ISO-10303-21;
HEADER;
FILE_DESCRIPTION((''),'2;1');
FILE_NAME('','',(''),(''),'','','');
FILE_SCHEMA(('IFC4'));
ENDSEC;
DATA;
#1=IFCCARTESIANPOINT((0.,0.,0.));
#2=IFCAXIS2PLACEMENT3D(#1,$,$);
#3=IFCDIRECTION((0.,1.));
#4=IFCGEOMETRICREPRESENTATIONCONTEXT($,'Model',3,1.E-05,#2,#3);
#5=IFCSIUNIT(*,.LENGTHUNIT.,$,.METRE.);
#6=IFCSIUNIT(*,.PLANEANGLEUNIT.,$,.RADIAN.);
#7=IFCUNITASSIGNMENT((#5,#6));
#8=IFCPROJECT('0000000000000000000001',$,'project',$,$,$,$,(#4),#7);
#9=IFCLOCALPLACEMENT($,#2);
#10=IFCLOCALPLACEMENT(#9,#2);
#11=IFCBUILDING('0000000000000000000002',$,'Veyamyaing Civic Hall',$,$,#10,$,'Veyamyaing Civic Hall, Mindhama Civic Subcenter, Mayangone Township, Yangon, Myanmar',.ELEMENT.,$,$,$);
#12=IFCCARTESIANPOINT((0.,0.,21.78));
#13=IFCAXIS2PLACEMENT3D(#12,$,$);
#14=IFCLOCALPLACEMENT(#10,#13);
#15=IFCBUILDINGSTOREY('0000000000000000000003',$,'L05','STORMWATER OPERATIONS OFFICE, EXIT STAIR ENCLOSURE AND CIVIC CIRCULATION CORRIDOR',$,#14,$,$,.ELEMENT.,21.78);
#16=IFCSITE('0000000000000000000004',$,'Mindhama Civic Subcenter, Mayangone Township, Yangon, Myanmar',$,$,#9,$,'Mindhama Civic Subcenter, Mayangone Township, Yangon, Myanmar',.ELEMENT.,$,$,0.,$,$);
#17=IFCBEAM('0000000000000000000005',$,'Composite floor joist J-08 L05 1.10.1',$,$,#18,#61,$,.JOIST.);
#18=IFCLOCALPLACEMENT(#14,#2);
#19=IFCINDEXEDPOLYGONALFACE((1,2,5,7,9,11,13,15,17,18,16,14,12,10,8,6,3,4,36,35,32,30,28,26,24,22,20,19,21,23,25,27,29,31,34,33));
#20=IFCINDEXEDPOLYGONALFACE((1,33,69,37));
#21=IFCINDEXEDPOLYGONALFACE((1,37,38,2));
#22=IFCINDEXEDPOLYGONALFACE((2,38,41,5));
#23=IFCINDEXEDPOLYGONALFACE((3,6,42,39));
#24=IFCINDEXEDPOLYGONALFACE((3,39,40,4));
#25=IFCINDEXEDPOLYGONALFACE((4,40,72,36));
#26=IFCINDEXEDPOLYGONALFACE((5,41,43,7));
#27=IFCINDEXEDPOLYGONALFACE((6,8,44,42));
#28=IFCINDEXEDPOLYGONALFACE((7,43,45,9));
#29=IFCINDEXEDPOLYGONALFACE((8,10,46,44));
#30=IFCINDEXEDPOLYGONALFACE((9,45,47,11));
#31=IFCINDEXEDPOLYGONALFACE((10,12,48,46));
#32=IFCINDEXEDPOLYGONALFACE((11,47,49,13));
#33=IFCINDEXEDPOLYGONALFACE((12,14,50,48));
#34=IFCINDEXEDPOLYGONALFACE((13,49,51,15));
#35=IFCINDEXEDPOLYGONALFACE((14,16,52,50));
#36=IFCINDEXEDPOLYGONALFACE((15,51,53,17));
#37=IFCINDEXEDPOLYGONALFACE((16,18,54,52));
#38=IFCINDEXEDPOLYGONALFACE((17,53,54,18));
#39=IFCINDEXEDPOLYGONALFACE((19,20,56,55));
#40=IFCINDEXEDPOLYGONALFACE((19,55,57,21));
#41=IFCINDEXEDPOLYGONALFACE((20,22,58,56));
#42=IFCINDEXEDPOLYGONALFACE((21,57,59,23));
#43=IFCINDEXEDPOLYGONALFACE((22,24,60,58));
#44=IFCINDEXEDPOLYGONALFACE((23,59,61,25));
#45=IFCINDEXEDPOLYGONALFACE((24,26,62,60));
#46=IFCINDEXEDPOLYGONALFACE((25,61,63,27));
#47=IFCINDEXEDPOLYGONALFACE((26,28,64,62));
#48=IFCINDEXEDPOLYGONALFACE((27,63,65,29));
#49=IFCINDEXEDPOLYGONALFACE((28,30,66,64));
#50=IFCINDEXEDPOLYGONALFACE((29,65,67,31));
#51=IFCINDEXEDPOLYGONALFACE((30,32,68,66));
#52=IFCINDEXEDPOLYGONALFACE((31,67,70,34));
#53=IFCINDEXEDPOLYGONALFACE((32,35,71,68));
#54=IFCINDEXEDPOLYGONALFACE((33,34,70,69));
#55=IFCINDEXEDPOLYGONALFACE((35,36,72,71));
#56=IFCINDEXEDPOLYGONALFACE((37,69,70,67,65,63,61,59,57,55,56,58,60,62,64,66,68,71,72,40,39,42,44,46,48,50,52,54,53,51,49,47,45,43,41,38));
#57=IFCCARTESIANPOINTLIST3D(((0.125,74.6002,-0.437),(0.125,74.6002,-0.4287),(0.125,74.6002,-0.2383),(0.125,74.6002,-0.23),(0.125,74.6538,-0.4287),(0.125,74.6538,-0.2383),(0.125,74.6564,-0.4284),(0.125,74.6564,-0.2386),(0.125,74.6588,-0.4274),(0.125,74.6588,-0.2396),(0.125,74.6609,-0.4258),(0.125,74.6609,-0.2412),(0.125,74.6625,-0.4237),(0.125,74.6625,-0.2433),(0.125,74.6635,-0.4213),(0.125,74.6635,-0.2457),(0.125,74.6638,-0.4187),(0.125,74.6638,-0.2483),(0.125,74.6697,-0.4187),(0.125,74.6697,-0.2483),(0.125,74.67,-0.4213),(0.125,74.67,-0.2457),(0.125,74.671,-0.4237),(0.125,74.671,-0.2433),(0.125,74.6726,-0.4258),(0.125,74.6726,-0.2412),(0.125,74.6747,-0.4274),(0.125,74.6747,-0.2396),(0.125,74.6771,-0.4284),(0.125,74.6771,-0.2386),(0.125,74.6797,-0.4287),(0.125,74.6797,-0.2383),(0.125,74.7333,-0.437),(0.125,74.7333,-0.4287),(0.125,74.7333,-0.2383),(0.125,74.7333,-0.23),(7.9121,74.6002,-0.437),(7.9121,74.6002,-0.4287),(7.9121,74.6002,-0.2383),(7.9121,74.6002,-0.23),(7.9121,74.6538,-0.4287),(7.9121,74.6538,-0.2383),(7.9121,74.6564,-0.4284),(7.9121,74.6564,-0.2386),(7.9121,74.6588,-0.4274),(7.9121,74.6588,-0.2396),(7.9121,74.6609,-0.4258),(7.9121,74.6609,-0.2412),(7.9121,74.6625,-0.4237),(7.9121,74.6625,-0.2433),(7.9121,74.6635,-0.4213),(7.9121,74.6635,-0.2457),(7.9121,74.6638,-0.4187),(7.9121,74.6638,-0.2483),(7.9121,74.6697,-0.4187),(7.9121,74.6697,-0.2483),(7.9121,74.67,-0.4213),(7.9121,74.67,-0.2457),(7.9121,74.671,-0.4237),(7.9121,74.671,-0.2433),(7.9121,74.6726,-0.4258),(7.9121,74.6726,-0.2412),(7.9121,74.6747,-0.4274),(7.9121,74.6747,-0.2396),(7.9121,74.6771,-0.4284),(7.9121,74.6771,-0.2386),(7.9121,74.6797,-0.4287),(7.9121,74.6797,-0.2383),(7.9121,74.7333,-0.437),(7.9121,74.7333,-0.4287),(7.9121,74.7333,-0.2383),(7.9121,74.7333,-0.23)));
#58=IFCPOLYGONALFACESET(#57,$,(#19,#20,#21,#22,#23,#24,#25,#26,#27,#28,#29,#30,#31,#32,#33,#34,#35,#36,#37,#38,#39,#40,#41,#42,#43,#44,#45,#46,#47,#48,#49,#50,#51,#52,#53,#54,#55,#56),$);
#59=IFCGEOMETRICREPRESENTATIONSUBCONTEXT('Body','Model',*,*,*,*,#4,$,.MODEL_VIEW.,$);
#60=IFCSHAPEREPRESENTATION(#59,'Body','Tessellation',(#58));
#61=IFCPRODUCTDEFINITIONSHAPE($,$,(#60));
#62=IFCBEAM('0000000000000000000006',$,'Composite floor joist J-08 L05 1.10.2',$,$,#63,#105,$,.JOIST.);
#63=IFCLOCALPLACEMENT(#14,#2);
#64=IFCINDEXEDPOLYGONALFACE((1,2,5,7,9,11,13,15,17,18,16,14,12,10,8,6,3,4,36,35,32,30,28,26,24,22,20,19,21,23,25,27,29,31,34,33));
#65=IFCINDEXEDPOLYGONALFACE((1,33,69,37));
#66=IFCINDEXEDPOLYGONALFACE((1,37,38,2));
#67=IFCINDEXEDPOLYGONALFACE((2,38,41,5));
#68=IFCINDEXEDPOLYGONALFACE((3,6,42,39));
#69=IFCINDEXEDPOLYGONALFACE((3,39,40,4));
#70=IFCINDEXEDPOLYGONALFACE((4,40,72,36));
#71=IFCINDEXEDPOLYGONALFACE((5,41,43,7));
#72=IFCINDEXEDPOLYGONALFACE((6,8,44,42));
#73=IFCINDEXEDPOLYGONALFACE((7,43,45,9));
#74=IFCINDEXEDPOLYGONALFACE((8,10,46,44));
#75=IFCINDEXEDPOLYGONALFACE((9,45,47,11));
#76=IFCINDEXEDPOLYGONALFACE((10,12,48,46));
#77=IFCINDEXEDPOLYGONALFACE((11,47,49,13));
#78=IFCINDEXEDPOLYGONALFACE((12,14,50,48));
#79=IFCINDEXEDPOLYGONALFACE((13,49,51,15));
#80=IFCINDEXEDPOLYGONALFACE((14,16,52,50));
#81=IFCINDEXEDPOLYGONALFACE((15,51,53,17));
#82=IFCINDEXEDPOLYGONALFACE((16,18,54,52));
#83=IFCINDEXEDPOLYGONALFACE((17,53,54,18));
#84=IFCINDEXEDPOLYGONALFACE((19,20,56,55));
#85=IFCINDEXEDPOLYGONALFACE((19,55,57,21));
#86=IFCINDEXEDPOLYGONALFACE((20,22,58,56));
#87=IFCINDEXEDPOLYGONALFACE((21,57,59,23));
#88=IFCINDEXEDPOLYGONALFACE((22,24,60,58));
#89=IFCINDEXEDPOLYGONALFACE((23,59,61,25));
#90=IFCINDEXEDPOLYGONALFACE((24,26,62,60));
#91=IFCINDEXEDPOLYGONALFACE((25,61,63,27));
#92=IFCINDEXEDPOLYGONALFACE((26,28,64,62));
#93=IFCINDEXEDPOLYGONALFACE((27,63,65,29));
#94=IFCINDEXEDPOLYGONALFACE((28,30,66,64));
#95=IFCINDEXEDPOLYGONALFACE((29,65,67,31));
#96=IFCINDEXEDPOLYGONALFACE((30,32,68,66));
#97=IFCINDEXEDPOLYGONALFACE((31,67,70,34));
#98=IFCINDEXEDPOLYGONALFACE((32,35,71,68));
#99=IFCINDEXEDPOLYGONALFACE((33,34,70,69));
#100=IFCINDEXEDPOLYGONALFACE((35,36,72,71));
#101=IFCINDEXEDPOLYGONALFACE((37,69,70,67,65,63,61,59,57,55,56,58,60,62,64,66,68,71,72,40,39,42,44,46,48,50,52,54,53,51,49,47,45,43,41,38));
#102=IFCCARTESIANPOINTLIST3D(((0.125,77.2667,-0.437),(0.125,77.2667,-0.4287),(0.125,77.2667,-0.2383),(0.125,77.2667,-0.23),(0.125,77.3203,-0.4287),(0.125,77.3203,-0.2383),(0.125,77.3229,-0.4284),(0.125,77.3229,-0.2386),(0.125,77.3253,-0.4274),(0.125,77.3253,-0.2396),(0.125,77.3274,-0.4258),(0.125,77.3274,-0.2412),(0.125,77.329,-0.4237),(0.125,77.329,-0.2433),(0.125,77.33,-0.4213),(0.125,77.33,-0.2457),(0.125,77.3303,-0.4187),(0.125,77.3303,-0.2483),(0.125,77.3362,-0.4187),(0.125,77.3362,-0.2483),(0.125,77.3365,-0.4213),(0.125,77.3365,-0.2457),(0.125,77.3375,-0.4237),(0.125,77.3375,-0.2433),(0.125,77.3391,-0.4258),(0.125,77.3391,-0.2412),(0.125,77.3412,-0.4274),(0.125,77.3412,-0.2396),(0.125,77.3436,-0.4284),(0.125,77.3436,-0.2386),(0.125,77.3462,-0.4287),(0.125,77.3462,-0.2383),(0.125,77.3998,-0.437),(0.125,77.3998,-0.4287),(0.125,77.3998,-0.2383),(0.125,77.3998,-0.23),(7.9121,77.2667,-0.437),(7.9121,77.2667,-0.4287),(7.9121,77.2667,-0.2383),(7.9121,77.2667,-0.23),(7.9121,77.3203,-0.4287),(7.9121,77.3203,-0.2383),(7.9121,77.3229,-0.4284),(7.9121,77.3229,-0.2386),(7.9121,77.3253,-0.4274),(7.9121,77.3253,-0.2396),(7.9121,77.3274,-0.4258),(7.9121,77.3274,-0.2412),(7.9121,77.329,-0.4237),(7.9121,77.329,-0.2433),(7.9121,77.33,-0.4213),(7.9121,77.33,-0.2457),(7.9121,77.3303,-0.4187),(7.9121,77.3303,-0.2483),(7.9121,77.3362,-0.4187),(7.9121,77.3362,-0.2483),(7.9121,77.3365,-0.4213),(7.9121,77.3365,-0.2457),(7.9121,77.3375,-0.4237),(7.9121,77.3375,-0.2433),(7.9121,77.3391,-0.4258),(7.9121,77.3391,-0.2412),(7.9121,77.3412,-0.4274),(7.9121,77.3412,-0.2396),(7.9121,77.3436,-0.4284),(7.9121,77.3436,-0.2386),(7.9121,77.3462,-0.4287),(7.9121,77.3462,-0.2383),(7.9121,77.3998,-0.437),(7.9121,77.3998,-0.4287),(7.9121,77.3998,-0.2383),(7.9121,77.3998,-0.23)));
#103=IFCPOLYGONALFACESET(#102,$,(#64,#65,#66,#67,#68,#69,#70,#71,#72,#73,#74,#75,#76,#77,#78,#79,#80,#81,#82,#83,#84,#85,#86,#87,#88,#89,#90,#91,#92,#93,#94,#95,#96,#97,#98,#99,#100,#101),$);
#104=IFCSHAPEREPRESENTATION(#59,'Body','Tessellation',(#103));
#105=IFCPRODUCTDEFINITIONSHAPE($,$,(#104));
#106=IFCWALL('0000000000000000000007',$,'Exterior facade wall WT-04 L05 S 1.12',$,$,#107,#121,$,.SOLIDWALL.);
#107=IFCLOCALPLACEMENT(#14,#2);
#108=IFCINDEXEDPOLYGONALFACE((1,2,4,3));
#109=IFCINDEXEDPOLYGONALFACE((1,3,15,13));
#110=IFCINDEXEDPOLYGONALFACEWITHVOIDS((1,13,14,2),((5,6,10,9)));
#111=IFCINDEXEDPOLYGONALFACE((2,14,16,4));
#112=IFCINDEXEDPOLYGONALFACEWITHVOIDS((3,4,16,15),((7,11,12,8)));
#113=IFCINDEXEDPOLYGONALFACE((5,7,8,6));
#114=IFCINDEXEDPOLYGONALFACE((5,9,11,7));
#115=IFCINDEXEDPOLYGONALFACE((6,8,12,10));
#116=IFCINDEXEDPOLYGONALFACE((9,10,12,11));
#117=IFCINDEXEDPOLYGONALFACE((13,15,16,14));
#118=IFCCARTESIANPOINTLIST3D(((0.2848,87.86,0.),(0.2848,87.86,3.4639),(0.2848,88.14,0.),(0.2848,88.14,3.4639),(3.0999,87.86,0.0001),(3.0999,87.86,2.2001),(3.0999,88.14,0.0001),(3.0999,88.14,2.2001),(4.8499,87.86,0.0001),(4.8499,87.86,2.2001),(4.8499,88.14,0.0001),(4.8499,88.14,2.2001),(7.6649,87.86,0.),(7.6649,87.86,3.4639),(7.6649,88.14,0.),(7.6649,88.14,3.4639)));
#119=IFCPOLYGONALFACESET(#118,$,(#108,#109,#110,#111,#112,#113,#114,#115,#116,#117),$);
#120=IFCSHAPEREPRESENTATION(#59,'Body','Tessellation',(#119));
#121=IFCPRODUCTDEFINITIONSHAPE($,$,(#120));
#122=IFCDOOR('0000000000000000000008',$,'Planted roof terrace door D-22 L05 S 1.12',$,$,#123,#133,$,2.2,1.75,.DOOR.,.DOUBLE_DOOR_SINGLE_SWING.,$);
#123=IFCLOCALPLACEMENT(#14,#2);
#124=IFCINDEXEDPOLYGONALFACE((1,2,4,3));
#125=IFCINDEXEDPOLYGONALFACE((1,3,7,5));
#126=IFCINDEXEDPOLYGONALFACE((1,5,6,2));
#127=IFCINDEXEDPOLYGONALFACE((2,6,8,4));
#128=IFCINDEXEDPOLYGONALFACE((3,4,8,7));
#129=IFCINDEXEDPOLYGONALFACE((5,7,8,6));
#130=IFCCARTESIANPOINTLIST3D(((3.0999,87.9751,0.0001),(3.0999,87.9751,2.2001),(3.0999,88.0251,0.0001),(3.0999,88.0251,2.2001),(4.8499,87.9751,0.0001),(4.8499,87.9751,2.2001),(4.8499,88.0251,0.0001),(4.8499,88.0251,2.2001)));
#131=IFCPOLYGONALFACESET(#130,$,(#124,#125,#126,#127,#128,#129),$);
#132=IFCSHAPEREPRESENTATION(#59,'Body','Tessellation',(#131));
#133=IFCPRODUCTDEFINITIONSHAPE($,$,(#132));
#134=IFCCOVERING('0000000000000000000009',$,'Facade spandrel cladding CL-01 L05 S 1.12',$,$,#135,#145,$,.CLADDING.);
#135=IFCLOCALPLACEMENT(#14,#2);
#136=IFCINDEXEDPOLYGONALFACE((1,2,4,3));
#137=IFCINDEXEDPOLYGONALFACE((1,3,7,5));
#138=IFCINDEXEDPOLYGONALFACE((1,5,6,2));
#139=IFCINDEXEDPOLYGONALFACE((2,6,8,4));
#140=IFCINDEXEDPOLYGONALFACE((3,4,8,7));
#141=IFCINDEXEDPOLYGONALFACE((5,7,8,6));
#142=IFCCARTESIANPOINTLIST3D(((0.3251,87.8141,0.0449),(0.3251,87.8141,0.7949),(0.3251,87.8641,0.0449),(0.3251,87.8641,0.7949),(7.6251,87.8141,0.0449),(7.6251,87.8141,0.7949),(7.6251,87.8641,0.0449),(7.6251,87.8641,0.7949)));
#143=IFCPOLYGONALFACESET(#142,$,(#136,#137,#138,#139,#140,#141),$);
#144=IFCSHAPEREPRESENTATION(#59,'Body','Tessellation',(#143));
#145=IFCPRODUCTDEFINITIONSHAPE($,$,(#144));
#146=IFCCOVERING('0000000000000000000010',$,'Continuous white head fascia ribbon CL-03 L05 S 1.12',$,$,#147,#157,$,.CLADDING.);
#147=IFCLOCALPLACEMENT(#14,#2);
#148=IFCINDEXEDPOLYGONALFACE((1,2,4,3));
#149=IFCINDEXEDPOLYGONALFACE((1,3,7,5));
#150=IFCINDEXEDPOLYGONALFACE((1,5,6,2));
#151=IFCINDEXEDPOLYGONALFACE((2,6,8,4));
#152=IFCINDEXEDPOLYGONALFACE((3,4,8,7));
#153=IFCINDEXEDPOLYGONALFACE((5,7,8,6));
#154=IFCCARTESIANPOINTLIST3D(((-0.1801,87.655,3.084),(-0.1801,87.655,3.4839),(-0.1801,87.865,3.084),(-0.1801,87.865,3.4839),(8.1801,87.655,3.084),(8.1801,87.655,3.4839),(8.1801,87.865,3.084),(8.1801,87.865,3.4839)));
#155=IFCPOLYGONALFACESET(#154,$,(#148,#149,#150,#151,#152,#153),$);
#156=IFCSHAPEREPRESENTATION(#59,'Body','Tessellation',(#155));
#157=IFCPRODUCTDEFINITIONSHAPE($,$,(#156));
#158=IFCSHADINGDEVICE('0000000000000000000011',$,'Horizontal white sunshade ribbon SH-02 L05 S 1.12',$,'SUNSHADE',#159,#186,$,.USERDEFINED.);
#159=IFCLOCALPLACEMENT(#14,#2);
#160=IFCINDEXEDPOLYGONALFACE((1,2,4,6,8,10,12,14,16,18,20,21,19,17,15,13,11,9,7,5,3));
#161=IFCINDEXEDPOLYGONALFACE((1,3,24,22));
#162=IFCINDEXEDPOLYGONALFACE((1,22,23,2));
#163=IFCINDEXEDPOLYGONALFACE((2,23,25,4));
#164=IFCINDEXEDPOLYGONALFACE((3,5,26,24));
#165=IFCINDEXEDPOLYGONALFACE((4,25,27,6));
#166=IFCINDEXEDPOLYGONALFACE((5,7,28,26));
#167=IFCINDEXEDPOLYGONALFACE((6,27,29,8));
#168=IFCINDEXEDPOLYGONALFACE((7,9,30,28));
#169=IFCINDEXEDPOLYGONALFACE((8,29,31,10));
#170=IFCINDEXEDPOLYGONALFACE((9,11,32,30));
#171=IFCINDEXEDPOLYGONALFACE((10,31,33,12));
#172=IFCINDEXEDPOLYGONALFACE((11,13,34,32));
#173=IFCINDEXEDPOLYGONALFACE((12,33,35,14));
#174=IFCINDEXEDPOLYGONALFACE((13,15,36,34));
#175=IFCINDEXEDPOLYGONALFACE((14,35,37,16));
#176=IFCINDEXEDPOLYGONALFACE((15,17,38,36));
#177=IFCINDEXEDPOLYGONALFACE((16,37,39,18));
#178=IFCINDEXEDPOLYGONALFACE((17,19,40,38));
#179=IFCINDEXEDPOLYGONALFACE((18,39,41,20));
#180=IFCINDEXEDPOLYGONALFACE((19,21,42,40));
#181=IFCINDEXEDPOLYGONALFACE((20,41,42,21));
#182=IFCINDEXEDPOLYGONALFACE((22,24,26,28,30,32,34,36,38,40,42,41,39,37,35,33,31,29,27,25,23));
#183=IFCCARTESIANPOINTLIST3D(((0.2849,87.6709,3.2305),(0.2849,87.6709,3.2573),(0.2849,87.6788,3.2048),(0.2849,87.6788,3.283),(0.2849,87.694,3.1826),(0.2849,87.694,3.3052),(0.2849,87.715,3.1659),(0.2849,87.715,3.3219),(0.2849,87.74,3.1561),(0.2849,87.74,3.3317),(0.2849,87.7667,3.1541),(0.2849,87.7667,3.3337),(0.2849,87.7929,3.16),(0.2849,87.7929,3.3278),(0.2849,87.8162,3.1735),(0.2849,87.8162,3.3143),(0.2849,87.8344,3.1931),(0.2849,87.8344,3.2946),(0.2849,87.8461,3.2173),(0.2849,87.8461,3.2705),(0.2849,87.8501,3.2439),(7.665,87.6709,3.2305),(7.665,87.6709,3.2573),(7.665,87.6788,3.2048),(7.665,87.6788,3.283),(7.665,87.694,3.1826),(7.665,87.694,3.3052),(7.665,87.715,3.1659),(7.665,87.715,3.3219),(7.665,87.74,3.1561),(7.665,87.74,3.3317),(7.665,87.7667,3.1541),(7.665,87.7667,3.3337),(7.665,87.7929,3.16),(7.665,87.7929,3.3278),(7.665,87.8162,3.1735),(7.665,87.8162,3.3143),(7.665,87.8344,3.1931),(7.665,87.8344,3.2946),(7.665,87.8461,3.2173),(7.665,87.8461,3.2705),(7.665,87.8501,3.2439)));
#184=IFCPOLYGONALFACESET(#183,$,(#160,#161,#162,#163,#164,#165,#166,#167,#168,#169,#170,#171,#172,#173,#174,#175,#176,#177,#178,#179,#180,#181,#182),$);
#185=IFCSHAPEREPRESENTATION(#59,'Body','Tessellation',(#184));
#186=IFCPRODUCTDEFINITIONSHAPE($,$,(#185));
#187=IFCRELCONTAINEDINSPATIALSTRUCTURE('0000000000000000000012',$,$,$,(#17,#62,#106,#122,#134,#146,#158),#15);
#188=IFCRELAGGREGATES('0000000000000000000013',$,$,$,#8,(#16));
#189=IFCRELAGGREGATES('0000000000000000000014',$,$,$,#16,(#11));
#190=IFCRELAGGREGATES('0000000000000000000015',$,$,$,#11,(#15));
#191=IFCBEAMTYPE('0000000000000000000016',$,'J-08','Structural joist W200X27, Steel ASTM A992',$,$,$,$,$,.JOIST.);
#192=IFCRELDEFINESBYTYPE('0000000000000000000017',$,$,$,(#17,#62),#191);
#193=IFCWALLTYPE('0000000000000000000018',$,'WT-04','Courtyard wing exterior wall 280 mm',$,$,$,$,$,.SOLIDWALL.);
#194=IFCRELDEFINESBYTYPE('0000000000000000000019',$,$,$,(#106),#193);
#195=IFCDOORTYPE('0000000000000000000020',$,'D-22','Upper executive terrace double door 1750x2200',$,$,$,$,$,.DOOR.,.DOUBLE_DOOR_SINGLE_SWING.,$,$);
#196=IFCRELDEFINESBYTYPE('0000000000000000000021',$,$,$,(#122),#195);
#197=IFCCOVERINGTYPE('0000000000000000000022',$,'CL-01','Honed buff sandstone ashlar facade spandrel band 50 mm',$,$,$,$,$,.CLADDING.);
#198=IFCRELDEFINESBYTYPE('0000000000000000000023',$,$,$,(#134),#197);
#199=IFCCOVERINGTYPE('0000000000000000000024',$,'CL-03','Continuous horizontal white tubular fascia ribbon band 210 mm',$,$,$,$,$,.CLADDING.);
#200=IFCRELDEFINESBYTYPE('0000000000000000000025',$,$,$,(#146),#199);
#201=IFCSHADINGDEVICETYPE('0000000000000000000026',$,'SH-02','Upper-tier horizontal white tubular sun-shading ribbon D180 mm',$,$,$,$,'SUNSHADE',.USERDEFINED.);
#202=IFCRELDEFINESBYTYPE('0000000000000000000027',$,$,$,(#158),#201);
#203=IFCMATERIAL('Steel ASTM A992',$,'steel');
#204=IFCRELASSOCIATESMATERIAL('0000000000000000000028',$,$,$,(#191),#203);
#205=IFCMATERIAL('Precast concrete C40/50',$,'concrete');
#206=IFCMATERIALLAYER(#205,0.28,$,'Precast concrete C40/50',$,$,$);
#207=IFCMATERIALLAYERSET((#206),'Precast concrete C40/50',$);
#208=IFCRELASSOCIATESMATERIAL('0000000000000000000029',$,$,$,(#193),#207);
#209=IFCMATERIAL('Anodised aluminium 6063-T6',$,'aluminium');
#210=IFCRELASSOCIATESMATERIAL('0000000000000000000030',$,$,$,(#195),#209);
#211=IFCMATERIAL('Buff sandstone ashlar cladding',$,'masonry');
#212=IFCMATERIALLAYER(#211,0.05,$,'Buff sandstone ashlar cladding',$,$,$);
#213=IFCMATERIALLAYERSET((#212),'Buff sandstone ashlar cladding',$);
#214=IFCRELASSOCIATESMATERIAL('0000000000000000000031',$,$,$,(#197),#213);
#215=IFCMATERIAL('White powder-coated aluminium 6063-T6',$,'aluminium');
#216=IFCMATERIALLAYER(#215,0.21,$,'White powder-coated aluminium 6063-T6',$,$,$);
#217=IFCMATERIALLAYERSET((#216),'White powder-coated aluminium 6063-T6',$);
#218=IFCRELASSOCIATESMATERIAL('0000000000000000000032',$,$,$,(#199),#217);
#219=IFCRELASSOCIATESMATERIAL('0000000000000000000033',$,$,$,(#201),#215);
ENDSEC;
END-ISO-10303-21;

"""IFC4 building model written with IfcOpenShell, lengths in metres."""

from ifc_helpers import new_model, si_unit, direction, frame, frame_2d, origin, origin_2d, place, context, subcontext, project, spatial, rectangle, circle, i_section, extrude, material, layer, layer_set, material_profile, profile_set, type_object, element, fill, save


model = new_model("IFC4")

# Units and contexts
model_context = context("Model", 3, precision=1e-05, world=origin(), true_north=direction((0.0, 1.0)))
body_context = subcontext(model_context, "Body", "Model", "MODEL_VIEW")
ifc_project = project(units=[si_unit("LENGTHUNIT", "METRE"), si_unit("PLANEANGLEUNIT", "RADIAN")], contexts=[model_context])

# Site, building, storey
site_placement = place(None, origin())
site = spatial("IfcSite", under=ifc_project, at=site_placement, Name="Mindhama Civic Subcenter, Mayangone Township, Yangon, Myanmar", LongName="Mindhama Civic Subcenter, Mayangone Township, Yangon, Myanmar", CompositionType="ELEMENT", RefElevation=0.0)
building_placement = place(site_placement, origin())
building = spatial("IfcBuilding", under=site, at=building_placement, Name="Veyamyaing Civic Hall", LongName="Veyamyaing Civic Hall, Mindhama Civic Subcenter, Mayangone Township, Yangon, Myanmar", CompositionType="ELEMENT")
storey_placement = place(building_placement, frame((0.0, 0.0, 21.78)))
storey = spatial("IfcBuildingStorey", under=building, at=storey_placement, Name="L05", Description="STORMWATER OPERATIONS OFFICE, EXIT STAIR ENCLOSURE AND CIVIC CIRCULATION CORRIDOR", CompositionType="ELEMENT", Elevation=21.78)

# Beams
ifc_material_1 = material(Name="Steel ASTM A992", Category="steel")
ifc_material_profile_1 = material_profile(ifc_material_1, i_section(OverallWidth=0.1331, OverallDepth=0.207, WebThickness=0.0059, FlangeThickness=0.0083, FilletRadius=0.01, at=origin_2d()), Name="W200X27")
ifc_profile_set_1 = profile_set([ifc_material_profile_1], Name="Steel ASTM A992")
beam_type_1 = type_object("IfcBeamType", Name="J-08", Description="Structural joist W200X27, Steel ASTM A992", PredefinedType="JOIST", material=ifc_profile_set_1)
for number, where, z_axis, x_axis, name in (
    (1, (0.125, 74.6667, -0.3335), (1.0, 0.0, 0.0), (0.0, 1.0, 0.0), "Composite floor joist J-08 L05 1.10.1"),
    (2, (0.125, 77.3333, -0.3335), (1.0, 0.0, 0.0), (0.0, 1.0, 0.0), "Composite floor joist J-08 L05 1.10.2"),
):
    element("IfcBeam", number, at=place(storey_placement, frame(where, z_axis=z_axis, x_axis=x_axis)), inside=storey, type_object=beam_type_1, Name=name, PredefinedType="JOIST", context=body_context, shape_type="SweptSolid", body=[
        extrude(i_section(OverallWidth=0.1331, OverallDepth=0.207, WebThickness=0.0059, FlangeThickness=0.0083, FilletRadius=0.01, at=origin_2d()), origin(), (0.0, 0.0, 1.0), 7.7871),
    ])

# Wall, opening, door
ifc_material_2 = material(Name="Precast concrete C40/50", Category="concrete")
ifc_layer_1 = layer(ifc_material_2, 0.28, Name="Precast concrete C40/50")
ifc_layer_set_1 = layer_set([ifc_layer_1], Name="Precast concrete C40/50")
wall_type = type_object("IfcWallType", Name="WT-04", Description="Courtyard wing exterior wall 280 mm", PredefinedType="SOLIDWALL", material=ifc_layer_set_1)
wall_placement = place(storey_placement, frame((0.2849, 88.0, 0.0), z_axis=(0.0, 0.0, 1.0), x_axis=(1.0, 0.0, 0.0)))
wall = element("IfcWall", 3, at=wall_placement, inside=storey, type_object=wall_type, Name="Exterior facade wall WT-04 L05 S 1.12", PredefinedType="SOLIDWALL", context=body_context, shape_type="SweptSolid", body=[
    extrude(rectangle(XDim=7.3801, YDim=0.28, at=frame_2d((3.6899, 0.0))), origin(), (0.0, 0.0, 1.0), 3.4639),
])
opening_placement = place(wall_placement, frame((2.8149, 0.0, 0.0)))
opening = element("IfcOpeningElement", 4, at=opening_placement, cuts=wall, PredefinedType="OPENING", context=body_context, shape_type="SweptSolid", body=[
    extrude(rectangle(XDim=1.75, YDim=2.2, at=frame_2d((0.875, 1.1001))), frame((0.0, 0.1499, 0.0), z_axis=(0.0, -1.0, 0.0), x_axis=(1.0, 0.0, 0.0)), (0.0, 0.0, 1.0), 0.3),
])
ifc_material_3 = material(Name="Anodised aluminium 6063-T6", Category="aluminium")
door_type = type_object("IfcDoorType", Name="D-22", Description="Upper executive terrace double door 1750x2200", OperationType="DOUBLE_DOOR_SINGLE_SWING", PredefinedType="DOOR", material=ifc_material_3)
door_placement = place(opening_placement, frame((1.75, 0.0, 0.0), z_axis=(0.0, 0.0, 1.0), x_axis=(-1.0, 0.0, 0.0)))
door = element("IfcDoor", 5, at=door_placement, inside=storey, type_object=door_type, Name="Planted roof terrace door D-22 L05 S 1.12", OperationType="DOUBLE_DOOR_SINGLE_SWING", OverallHeight=2.2, OverallWidth=1.75, PredefinedType="DOOR", context=body_context, shape_type="SweptSolid", body=[
    extrude(rectangle(XDim=1.75, YDim=2.2, at=frame_2d((0.875, 1.1001))), frame((0.0, 0.0249, 0.0), z_axis=(0.0, -1.0, 0.0), x_axis=(1.0, 0.0, 0.0)), (0.0, 0.0, 1.0), 0.05),
])
fill(opening, door)

# Coverings
ifc_material_4 = material(Name="Buff sandstone ashlar cladding", Category="masonry")
ifc_layer_2 = layer(ifc_material_4, 0.05, Name="Buff sandstone ashlar cladding")
ifc_layer_set_2 = layer_set([ifc_layer_2], Name="Buff sandstone ashlar cladding")
covering_type_1 = type_object("IfcCoveringType", Name="CL-01", Description="Honed buff sandstone ashlar facade spandrel band 50 mm", PredefinedType="CLADDING", material=ifc_layer_set_2)
covering_1_placement = place(storey_placement, frame((3.9751, 87.8391, 0.0449), z_axis=(0.0, 0.0, 1.0), x_axis=(1.0, 0.0, 0.0)))
element("IfcCovering", 6, at=covering_1_placement, inside=storey, type_object=covering_type_1, Name="Facade spandrel cladding CL-01 L05 S 1.12", PredefinedType="CLADDING", context=body_context, shape_type="SweptSolid", body=[
    extrude(rectangle(XDim=7.3, YDim=0.05, at=origin_2d()), origin(), (0.0, 0.0, 1.0), 0.75),
])
ifc_material_5 = material(Name="White powder-coated aluminium 6063-T6", Category="aluminium")
ifc_layer_3 = layer(ifc_material_5, 0.21, Name="White powder-coated aluminium 6063-T6")
ifc_layer_set_3 = layer_set([ifc_layer_3], Name="White powder-coated aluminium 6063-T6")
covering_type_2 = type_object("IfcCoveringType", Name="CL-03", Description="Continuous horizontal white tubular fascia ribbon band 210 mm", PredefinedType="CLADDING", material=ifc_layer_set_3)
covering_2_placement = place(storey_placement, frame((4.0, 87.76, 3.084), z_axis=(0.0, 0.0, 1.0), x_axis=(1.0, 0.0, 0.0)))
element("IfcCovering", 7, at=covering_2_placement, inside=storey, type_object=covering_type_2, Name="Continuous white head fascia ribbon CL-03 L05 S 1.12", PredefinedType="CLADDING", context=body_context, shape_type="SweptSolid", body=[
    extrude(rectangle(XDim=8.3601, YDim=0.21, at=origin_2d()), origin(), (0.0, 0.0, 1.0), 0.3999),
])

# Shading device
ifc_material_profile_2 = material_profile(ifc_material_5, circle(Radius=0.0901, at=origin_2d()), Name="SHADE-TUBE-180")
ifc_profile_set_2 = profile_set([ifc_material_profile_2], Name="White powder-coated aluminium 6063-T6")
shading_device_type = type_object("IfcShadingDeviceType", Name="SH-02", Description="Upper-tier horizontal white tubular sun-shading ribbon D180 mm", ElementType="SUNSHADE", PredefinedType="USERDEFINED", material=ifc_profile_set_2)
for number, where, z_axis, x_axis, name in (
    (8, (0.2849, 87.76, 3.2439), (1.0, 0.0, 0.0), (0.0, 1.0, 0.0), "Horizontal white sunshade ribbon SH-02 L05 S 1.12"),
):
    element("IfcShadingDevice", number, at=place(storey_placement, frame(where, z_axis=z_axis, x_axis=x_axis)), inside=storey, type_object=shading_device_type, Name=name, ObjectType="SUNSHADE", PredefinedType="USERDEFINED", context=body_context, shape_type="SweptSolid", body=[
        extrude(circle(Radius=0.0901, at=origin_2d()), origin(), (0.0, 0.0, 1.0), 7.3801),
    ])

save(model, "model.ifc")
